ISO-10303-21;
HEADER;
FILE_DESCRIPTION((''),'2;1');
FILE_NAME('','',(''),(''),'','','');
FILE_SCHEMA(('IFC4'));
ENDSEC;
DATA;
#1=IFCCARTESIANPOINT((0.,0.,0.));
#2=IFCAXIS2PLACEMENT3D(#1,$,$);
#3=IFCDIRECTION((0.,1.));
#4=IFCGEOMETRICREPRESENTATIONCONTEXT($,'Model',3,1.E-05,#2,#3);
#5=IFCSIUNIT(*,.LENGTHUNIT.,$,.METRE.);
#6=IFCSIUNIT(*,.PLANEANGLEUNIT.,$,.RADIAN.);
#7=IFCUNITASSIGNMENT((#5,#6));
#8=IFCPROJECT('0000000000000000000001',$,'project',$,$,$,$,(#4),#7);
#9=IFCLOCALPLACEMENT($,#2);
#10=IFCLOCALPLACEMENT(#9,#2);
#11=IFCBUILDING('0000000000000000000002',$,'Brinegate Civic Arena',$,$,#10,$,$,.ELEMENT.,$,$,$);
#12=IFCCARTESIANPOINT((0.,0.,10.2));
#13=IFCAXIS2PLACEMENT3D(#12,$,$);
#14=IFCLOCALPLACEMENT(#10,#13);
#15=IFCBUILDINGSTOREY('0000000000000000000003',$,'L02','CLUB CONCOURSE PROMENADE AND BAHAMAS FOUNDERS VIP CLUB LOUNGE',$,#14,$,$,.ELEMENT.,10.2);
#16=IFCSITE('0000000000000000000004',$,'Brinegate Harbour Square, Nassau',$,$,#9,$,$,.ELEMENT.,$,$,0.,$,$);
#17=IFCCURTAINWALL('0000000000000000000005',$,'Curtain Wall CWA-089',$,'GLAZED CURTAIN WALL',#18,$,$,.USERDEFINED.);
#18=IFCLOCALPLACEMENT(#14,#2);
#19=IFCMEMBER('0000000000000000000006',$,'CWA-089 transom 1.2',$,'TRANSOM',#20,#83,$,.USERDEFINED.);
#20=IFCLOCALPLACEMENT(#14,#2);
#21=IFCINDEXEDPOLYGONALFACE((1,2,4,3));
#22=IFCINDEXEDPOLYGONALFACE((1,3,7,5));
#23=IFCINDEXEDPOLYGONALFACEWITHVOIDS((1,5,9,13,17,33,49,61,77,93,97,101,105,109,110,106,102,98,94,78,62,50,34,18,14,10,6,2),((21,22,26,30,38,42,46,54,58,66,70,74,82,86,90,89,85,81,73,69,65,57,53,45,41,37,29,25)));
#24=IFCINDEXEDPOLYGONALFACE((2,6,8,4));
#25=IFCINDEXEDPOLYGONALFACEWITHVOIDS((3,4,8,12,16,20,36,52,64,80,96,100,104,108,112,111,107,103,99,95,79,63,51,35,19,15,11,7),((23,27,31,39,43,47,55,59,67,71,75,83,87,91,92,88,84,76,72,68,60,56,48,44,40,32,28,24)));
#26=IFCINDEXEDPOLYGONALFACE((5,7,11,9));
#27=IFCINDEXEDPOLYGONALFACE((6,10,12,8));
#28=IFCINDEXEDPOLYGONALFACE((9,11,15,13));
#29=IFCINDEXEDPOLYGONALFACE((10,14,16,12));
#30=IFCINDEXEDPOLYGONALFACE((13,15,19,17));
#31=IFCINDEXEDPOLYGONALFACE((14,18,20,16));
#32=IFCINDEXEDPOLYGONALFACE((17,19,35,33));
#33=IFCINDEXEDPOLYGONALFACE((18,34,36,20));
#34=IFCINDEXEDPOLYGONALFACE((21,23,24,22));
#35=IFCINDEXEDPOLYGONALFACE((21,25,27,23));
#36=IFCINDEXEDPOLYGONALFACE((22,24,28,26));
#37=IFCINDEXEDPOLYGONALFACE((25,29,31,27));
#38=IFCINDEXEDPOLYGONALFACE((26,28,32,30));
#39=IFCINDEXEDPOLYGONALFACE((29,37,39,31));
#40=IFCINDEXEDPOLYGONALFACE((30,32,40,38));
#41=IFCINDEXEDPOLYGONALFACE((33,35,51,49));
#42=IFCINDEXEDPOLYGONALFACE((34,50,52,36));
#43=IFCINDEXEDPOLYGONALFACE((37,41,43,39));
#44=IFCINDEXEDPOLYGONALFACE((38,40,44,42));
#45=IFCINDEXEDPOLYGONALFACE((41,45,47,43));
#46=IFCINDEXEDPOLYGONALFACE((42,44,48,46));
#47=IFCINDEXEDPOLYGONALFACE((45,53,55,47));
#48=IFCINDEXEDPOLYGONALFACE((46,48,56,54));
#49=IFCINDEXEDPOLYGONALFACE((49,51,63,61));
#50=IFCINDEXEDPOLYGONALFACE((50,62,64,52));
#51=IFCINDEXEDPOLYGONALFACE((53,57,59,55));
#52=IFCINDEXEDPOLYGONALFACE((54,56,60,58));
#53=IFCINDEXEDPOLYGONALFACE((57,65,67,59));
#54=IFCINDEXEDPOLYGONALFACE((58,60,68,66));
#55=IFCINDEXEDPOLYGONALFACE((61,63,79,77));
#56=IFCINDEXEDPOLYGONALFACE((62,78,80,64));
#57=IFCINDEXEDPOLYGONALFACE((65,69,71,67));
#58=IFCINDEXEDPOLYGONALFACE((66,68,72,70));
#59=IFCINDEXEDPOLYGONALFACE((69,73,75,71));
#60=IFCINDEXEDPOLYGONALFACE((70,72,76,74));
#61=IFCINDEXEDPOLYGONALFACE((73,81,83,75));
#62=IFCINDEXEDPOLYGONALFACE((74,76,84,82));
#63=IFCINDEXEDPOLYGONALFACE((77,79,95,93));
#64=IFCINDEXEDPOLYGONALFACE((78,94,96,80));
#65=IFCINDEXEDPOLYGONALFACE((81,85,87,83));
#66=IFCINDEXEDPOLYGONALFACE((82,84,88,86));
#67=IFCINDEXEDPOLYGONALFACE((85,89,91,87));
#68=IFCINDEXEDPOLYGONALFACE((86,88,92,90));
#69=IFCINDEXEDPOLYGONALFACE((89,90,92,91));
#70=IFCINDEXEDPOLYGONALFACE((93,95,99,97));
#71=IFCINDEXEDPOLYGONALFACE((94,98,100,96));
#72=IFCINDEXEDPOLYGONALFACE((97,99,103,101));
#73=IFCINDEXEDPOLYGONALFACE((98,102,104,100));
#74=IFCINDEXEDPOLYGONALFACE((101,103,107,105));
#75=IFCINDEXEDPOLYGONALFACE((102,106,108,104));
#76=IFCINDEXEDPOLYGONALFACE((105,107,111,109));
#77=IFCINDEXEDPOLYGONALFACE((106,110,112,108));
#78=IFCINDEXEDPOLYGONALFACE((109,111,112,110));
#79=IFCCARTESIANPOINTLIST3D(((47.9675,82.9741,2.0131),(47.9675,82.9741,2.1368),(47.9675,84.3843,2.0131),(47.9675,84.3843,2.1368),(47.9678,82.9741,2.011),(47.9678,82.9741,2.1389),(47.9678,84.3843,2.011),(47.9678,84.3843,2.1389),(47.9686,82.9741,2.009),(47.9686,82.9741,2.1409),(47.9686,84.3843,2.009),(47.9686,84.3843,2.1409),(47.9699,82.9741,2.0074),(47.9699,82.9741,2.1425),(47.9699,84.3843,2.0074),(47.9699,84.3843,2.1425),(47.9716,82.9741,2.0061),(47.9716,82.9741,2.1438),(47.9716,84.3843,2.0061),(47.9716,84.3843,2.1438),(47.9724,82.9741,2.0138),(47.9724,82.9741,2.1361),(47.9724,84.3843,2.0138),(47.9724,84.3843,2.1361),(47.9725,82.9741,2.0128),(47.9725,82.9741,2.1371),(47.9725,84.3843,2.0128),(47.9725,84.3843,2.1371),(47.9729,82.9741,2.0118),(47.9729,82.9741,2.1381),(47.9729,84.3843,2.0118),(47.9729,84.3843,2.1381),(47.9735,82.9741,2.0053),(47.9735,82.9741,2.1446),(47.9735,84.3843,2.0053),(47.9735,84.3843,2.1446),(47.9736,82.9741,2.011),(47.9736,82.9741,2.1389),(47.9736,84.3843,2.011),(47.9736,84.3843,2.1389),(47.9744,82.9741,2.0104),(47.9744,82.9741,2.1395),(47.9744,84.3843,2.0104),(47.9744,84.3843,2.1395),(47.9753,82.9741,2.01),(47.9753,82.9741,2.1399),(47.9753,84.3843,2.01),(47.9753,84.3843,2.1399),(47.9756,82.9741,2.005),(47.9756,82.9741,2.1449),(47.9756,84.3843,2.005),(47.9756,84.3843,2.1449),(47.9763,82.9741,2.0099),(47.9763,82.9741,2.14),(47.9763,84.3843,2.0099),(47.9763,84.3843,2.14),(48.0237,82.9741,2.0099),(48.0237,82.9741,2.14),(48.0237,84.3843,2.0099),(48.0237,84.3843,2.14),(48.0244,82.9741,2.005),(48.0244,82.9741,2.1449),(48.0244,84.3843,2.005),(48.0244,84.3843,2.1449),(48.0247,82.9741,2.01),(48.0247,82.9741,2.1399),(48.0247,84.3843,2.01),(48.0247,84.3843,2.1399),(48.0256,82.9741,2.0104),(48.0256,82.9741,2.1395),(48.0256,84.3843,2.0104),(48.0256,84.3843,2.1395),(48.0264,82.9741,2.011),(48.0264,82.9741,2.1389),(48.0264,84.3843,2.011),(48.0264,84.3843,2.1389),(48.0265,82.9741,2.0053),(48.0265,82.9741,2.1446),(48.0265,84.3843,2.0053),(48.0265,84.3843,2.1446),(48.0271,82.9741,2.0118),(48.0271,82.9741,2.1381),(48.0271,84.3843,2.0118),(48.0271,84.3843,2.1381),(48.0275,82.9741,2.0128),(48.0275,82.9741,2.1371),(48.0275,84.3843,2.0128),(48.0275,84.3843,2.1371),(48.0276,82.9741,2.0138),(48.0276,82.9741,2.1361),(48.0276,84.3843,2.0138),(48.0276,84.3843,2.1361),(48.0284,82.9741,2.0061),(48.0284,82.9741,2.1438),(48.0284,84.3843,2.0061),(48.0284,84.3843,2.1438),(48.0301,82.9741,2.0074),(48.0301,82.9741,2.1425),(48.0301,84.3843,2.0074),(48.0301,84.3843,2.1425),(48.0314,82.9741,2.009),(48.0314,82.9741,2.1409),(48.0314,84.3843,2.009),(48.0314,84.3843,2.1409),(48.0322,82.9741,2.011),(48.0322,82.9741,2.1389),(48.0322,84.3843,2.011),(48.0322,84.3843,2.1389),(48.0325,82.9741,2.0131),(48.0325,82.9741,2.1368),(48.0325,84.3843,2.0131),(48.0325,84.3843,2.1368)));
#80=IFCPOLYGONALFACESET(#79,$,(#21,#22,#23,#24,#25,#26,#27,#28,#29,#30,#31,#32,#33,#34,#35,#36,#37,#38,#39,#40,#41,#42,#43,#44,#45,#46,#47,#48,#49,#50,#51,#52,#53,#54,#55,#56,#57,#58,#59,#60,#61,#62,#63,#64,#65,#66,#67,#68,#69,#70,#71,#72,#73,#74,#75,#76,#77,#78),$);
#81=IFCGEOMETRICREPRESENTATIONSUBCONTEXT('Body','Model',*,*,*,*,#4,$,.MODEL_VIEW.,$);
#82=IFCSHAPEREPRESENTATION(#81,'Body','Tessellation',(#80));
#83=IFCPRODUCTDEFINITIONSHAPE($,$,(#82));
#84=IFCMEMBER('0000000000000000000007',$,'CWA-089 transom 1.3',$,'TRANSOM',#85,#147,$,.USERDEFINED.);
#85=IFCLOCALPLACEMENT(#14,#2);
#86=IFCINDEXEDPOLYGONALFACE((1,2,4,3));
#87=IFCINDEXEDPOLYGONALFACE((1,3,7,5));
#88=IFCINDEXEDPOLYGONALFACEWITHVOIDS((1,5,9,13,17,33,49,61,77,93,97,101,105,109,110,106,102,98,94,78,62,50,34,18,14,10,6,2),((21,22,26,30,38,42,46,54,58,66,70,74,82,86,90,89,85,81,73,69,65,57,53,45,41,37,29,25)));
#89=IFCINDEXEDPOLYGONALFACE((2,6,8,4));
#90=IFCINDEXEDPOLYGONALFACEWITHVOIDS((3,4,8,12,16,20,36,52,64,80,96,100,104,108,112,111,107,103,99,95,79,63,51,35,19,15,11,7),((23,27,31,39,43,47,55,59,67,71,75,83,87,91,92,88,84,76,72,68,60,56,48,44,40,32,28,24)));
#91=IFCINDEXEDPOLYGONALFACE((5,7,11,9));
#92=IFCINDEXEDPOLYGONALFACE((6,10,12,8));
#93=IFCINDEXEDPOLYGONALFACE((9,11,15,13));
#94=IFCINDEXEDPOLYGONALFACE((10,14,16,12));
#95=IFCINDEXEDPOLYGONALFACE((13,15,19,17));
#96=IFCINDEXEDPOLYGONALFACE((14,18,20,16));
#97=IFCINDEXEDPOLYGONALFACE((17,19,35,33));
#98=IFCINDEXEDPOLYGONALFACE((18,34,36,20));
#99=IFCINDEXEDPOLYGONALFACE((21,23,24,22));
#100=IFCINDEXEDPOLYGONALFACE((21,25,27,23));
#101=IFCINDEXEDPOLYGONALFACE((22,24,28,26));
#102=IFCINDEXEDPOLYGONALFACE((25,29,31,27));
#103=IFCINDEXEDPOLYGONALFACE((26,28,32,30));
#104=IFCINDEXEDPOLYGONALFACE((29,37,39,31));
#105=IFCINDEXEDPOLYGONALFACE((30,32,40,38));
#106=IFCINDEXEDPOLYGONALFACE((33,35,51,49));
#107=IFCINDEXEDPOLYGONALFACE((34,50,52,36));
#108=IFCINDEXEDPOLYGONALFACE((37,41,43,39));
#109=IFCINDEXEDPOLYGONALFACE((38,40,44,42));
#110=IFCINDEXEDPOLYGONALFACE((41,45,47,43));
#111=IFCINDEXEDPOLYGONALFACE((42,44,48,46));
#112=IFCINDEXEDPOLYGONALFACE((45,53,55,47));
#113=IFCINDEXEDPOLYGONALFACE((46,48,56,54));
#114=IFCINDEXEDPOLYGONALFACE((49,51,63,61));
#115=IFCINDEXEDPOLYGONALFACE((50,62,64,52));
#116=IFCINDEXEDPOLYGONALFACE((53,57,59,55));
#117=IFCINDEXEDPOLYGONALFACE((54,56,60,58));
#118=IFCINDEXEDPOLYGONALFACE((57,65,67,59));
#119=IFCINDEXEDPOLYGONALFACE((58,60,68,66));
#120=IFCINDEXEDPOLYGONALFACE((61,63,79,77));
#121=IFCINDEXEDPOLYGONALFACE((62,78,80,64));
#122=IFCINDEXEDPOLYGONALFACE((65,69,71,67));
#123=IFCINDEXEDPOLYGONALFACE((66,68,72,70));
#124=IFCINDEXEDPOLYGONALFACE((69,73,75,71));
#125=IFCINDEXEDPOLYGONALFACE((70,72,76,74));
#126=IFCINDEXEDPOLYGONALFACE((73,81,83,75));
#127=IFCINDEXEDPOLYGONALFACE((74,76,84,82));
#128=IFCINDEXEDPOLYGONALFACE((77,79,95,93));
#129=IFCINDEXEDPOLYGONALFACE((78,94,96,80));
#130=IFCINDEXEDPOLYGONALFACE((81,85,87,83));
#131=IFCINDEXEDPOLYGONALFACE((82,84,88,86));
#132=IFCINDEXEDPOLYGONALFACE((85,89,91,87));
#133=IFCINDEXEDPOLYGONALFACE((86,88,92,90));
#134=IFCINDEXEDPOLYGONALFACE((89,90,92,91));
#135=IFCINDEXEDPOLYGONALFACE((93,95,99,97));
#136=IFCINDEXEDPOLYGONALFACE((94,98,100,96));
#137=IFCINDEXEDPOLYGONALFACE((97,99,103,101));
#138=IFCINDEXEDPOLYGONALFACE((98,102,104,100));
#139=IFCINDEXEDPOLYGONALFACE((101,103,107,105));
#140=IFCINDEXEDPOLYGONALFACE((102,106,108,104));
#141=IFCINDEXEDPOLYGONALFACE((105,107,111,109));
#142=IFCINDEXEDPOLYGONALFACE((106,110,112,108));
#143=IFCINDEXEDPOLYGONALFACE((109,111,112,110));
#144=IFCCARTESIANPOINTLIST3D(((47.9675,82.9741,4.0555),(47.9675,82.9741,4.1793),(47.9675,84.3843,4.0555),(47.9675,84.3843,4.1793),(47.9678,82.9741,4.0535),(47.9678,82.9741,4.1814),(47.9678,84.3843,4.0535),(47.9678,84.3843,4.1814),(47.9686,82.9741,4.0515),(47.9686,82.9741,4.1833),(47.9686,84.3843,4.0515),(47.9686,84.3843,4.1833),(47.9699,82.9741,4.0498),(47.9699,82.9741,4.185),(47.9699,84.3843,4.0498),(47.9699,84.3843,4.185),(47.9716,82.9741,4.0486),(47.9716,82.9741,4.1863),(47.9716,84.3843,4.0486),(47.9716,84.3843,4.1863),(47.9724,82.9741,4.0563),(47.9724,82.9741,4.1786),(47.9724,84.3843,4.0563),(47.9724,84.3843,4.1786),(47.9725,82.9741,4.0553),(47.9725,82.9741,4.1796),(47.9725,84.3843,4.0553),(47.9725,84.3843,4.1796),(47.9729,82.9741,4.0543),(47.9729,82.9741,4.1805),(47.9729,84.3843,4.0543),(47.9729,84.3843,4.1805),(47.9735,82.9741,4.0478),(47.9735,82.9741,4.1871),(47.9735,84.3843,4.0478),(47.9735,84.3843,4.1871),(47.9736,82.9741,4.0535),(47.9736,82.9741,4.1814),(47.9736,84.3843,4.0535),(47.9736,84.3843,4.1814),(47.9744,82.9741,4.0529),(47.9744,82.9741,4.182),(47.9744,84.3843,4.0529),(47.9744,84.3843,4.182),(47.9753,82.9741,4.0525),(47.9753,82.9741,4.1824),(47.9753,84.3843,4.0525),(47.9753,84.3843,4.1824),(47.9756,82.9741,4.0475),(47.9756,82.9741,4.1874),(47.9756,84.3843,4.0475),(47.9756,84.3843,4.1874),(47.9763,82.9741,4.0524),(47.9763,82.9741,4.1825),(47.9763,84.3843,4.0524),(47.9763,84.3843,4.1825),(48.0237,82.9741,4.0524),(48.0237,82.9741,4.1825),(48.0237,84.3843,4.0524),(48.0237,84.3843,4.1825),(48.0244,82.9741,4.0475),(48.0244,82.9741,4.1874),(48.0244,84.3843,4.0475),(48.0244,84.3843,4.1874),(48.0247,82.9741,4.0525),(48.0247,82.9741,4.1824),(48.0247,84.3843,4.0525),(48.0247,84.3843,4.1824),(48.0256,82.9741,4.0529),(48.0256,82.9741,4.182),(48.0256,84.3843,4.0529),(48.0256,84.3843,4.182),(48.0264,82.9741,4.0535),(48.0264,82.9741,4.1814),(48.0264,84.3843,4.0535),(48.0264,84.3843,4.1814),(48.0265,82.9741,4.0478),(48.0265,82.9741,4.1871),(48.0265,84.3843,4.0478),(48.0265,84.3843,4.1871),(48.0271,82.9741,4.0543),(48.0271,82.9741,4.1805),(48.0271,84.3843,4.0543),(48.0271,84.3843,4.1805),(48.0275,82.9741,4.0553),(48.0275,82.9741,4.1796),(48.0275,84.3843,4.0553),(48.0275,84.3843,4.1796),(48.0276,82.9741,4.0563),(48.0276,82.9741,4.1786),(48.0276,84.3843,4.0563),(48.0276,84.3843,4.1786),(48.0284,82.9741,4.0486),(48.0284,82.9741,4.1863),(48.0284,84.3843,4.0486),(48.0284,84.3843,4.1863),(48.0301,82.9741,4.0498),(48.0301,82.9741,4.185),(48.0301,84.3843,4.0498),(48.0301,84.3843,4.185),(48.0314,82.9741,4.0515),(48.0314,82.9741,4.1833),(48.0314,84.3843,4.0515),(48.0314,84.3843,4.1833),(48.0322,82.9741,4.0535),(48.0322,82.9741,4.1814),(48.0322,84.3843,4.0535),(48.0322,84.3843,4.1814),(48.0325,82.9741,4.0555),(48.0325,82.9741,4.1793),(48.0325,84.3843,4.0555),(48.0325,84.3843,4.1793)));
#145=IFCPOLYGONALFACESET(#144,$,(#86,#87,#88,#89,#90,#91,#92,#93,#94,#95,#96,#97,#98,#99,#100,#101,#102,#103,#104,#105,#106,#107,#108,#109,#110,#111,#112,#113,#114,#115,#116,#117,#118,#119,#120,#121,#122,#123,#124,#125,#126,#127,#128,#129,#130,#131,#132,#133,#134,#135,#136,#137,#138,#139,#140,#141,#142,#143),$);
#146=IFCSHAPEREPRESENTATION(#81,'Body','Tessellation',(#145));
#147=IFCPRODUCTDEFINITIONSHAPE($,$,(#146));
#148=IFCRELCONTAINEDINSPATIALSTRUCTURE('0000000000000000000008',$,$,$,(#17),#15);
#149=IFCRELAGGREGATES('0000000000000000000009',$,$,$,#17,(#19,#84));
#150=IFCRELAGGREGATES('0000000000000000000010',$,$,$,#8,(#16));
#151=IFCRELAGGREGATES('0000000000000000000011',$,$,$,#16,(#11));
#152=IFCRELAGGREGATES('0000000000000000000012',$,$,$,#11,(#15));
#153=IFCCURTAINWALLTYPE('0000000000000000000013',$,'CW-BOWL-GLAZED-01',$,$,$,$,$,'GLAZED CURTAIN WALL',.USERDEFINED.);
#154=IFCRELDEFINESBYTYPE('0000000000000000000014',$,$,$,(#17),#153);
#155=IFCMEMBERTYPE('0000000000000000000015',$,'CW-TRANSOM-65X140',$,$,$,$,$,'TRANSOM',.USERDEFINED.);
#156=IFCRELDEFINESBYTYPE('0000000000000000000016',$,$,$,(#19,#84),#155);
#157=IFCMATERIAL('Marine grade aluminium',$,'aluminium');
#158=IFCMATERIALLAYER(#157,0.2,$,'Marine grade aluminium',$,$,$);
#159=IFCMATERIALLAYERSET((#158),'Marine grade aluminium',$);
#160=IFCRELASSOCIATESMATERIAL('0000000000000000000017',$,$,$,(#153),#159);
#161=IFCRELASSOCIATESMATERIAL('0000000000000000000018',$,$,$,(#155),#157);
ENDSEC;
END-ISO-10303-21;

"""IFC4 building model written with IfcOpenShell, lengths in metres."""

from ifc_helpers import new_model, si_unit, direction, frame, origin, origin_2d, place, context, subcontext, project, spatial, hollow_rectangle, extrude, material, layer, layer_set, material_profile, profile_set, type_object, element, aggregate, save


model = new_model("IFC4")

# Units and contexts
model_context = context("Model", 3, precision=1e-05, world=origin(), true_north=direction((0.0, 1.0)))
body_context = subcontext(model_context, "Body", "Model", "MODEL_VIEW")
ifc_project = project(units=[si_unit("LENGTHUNIT", "METRE"), si_unit("PLANEANGLEUNIT", "RADIAN")], contexts=[model_context])

# Site, building, storey
site_placement = place(None, origin())
site = spatial("IfcSite", under=ifc_project, at=site_placement, Name="Brinegate Harbour Square, Nassau", CompositionType="ELEMENT", RefElevation=0.0)
building_placement = place(site_placement, origin())
building = spatial("IfcBuilding", under=site, at=building_placement, Name="Brinegate Civic Arena", CompositionType="ELEMENT")
storey_placement = place(building_placement, frame((0.0, 0.0, 10.2)))
storey = spatial("IfcBuildingStorey", under=building, at=storey_placement, Name="L02", Description="CLUB CONCOURSE PROMENADE AND BAHAMAS FOUNDERS VIP CLUB LOUNGE", CompositionType="ELEMENT", Elevation=10.2)

# Curtain wall
ifc_material_1 = material(Name="Marine grade aluminium", Category="aluminium")
ifc_layer_1 = layer(ifc_material_1, 0.2, Name="Marine grade aluminium")
ifc_layer_set_1 = layer_set([ifc_layer_1], Name="Marine grade aluminium")
curtain_wall_type = type_object("IfcCurtainWallType", Name="CW-BOWL-GLAZED-01", ElementType="GLAZED CURTAIN WALL", PredefinedType="USERDEFINED", material=ifc_layer_set_1)
curtain_wall_1_placement = place(storey_placement, origin())
curtain_wall_1 = element("IfcCurtainWall", 1, at=curtain_wall_1_placement, inside=storey, type_object=curtain_wall_type, Name="Curtain Wall CWA-089", ObjectType="GLAZED CURTAIN WALL", PredefinedType="USERDEFINED")

# Members
ifc_material_profile_1 = material_profile(ifc_material_1, hollow_rectangle(XDim=0.0649, YDim=0.1399, WallThickness=0.0049, InnerFilletRadius=0.0039, OuterFilletRadius=0.0081, at=origin_2d()), Name="TRN65X140")
ifc_profile_set_1 = profile_set([ifc_material_profile_1], Name="Marine grade aluminium")
member_type_1 = type_object("IfcMemberType", Name="CW-TRANSOM-65X140", ElementType="TRANSOM", PredefinedType="USERDEFINED", material=ifc_profile_set_1)
member_1_placement = place(storey_placement, frame((48.0, 82.9741, 2.075), z_axis=(0.0, 1.0, 0.0), x_axis=(-1.0, 0.0, 0.0)))
member_1 = element("IfcMember", 2, at=member_1_placement, type_object=member_type_1, Name="CWA-089 transom 1.2", ObjectType="TRANSOM", PredefinedType="USERDEFINED", context=body_context, shape_type="SweptSolid", body=[
    extrude(hollow_rectangle(XDim=0.0649, YDim=0.1399, WallThickness=0.0049, InnerFilletRadius=0.0039, OuterFilletRadius=0.0081, at=origin_2d()), origin(), (0.0, 0.0, 1.0), 1.4102),
])
member_2_placement = place(storey_placement, frame((48.0, 82.9741, 4.1174), z_axis=(0.0, 1.0, 0.0), x_axis=(-1.0, 0.0, 0.0)))
member_2 = element("IfcMember", 3, at=member_2_placement, type_object=member_type_1, Name="CWA-089 transom 1.3", ObjectType="TRANSOM", PredefinedType="USERDEFINED", context=body_context, shape_type="SweptSolid", body=[
    extrude(hollow_rectangle(XDim=0.0649, YDim=0.1399, WallThickness=0.0049, InnerFilletRadius=0.0039, OuterFilletRadius=0.0081, at=origin_2d()), origin(), (0.0, 0.0, 1.0), 1.4102),
])

aggregate(curtain_wall_1, [member_1, member_2])

save(model, "model.ifc")
